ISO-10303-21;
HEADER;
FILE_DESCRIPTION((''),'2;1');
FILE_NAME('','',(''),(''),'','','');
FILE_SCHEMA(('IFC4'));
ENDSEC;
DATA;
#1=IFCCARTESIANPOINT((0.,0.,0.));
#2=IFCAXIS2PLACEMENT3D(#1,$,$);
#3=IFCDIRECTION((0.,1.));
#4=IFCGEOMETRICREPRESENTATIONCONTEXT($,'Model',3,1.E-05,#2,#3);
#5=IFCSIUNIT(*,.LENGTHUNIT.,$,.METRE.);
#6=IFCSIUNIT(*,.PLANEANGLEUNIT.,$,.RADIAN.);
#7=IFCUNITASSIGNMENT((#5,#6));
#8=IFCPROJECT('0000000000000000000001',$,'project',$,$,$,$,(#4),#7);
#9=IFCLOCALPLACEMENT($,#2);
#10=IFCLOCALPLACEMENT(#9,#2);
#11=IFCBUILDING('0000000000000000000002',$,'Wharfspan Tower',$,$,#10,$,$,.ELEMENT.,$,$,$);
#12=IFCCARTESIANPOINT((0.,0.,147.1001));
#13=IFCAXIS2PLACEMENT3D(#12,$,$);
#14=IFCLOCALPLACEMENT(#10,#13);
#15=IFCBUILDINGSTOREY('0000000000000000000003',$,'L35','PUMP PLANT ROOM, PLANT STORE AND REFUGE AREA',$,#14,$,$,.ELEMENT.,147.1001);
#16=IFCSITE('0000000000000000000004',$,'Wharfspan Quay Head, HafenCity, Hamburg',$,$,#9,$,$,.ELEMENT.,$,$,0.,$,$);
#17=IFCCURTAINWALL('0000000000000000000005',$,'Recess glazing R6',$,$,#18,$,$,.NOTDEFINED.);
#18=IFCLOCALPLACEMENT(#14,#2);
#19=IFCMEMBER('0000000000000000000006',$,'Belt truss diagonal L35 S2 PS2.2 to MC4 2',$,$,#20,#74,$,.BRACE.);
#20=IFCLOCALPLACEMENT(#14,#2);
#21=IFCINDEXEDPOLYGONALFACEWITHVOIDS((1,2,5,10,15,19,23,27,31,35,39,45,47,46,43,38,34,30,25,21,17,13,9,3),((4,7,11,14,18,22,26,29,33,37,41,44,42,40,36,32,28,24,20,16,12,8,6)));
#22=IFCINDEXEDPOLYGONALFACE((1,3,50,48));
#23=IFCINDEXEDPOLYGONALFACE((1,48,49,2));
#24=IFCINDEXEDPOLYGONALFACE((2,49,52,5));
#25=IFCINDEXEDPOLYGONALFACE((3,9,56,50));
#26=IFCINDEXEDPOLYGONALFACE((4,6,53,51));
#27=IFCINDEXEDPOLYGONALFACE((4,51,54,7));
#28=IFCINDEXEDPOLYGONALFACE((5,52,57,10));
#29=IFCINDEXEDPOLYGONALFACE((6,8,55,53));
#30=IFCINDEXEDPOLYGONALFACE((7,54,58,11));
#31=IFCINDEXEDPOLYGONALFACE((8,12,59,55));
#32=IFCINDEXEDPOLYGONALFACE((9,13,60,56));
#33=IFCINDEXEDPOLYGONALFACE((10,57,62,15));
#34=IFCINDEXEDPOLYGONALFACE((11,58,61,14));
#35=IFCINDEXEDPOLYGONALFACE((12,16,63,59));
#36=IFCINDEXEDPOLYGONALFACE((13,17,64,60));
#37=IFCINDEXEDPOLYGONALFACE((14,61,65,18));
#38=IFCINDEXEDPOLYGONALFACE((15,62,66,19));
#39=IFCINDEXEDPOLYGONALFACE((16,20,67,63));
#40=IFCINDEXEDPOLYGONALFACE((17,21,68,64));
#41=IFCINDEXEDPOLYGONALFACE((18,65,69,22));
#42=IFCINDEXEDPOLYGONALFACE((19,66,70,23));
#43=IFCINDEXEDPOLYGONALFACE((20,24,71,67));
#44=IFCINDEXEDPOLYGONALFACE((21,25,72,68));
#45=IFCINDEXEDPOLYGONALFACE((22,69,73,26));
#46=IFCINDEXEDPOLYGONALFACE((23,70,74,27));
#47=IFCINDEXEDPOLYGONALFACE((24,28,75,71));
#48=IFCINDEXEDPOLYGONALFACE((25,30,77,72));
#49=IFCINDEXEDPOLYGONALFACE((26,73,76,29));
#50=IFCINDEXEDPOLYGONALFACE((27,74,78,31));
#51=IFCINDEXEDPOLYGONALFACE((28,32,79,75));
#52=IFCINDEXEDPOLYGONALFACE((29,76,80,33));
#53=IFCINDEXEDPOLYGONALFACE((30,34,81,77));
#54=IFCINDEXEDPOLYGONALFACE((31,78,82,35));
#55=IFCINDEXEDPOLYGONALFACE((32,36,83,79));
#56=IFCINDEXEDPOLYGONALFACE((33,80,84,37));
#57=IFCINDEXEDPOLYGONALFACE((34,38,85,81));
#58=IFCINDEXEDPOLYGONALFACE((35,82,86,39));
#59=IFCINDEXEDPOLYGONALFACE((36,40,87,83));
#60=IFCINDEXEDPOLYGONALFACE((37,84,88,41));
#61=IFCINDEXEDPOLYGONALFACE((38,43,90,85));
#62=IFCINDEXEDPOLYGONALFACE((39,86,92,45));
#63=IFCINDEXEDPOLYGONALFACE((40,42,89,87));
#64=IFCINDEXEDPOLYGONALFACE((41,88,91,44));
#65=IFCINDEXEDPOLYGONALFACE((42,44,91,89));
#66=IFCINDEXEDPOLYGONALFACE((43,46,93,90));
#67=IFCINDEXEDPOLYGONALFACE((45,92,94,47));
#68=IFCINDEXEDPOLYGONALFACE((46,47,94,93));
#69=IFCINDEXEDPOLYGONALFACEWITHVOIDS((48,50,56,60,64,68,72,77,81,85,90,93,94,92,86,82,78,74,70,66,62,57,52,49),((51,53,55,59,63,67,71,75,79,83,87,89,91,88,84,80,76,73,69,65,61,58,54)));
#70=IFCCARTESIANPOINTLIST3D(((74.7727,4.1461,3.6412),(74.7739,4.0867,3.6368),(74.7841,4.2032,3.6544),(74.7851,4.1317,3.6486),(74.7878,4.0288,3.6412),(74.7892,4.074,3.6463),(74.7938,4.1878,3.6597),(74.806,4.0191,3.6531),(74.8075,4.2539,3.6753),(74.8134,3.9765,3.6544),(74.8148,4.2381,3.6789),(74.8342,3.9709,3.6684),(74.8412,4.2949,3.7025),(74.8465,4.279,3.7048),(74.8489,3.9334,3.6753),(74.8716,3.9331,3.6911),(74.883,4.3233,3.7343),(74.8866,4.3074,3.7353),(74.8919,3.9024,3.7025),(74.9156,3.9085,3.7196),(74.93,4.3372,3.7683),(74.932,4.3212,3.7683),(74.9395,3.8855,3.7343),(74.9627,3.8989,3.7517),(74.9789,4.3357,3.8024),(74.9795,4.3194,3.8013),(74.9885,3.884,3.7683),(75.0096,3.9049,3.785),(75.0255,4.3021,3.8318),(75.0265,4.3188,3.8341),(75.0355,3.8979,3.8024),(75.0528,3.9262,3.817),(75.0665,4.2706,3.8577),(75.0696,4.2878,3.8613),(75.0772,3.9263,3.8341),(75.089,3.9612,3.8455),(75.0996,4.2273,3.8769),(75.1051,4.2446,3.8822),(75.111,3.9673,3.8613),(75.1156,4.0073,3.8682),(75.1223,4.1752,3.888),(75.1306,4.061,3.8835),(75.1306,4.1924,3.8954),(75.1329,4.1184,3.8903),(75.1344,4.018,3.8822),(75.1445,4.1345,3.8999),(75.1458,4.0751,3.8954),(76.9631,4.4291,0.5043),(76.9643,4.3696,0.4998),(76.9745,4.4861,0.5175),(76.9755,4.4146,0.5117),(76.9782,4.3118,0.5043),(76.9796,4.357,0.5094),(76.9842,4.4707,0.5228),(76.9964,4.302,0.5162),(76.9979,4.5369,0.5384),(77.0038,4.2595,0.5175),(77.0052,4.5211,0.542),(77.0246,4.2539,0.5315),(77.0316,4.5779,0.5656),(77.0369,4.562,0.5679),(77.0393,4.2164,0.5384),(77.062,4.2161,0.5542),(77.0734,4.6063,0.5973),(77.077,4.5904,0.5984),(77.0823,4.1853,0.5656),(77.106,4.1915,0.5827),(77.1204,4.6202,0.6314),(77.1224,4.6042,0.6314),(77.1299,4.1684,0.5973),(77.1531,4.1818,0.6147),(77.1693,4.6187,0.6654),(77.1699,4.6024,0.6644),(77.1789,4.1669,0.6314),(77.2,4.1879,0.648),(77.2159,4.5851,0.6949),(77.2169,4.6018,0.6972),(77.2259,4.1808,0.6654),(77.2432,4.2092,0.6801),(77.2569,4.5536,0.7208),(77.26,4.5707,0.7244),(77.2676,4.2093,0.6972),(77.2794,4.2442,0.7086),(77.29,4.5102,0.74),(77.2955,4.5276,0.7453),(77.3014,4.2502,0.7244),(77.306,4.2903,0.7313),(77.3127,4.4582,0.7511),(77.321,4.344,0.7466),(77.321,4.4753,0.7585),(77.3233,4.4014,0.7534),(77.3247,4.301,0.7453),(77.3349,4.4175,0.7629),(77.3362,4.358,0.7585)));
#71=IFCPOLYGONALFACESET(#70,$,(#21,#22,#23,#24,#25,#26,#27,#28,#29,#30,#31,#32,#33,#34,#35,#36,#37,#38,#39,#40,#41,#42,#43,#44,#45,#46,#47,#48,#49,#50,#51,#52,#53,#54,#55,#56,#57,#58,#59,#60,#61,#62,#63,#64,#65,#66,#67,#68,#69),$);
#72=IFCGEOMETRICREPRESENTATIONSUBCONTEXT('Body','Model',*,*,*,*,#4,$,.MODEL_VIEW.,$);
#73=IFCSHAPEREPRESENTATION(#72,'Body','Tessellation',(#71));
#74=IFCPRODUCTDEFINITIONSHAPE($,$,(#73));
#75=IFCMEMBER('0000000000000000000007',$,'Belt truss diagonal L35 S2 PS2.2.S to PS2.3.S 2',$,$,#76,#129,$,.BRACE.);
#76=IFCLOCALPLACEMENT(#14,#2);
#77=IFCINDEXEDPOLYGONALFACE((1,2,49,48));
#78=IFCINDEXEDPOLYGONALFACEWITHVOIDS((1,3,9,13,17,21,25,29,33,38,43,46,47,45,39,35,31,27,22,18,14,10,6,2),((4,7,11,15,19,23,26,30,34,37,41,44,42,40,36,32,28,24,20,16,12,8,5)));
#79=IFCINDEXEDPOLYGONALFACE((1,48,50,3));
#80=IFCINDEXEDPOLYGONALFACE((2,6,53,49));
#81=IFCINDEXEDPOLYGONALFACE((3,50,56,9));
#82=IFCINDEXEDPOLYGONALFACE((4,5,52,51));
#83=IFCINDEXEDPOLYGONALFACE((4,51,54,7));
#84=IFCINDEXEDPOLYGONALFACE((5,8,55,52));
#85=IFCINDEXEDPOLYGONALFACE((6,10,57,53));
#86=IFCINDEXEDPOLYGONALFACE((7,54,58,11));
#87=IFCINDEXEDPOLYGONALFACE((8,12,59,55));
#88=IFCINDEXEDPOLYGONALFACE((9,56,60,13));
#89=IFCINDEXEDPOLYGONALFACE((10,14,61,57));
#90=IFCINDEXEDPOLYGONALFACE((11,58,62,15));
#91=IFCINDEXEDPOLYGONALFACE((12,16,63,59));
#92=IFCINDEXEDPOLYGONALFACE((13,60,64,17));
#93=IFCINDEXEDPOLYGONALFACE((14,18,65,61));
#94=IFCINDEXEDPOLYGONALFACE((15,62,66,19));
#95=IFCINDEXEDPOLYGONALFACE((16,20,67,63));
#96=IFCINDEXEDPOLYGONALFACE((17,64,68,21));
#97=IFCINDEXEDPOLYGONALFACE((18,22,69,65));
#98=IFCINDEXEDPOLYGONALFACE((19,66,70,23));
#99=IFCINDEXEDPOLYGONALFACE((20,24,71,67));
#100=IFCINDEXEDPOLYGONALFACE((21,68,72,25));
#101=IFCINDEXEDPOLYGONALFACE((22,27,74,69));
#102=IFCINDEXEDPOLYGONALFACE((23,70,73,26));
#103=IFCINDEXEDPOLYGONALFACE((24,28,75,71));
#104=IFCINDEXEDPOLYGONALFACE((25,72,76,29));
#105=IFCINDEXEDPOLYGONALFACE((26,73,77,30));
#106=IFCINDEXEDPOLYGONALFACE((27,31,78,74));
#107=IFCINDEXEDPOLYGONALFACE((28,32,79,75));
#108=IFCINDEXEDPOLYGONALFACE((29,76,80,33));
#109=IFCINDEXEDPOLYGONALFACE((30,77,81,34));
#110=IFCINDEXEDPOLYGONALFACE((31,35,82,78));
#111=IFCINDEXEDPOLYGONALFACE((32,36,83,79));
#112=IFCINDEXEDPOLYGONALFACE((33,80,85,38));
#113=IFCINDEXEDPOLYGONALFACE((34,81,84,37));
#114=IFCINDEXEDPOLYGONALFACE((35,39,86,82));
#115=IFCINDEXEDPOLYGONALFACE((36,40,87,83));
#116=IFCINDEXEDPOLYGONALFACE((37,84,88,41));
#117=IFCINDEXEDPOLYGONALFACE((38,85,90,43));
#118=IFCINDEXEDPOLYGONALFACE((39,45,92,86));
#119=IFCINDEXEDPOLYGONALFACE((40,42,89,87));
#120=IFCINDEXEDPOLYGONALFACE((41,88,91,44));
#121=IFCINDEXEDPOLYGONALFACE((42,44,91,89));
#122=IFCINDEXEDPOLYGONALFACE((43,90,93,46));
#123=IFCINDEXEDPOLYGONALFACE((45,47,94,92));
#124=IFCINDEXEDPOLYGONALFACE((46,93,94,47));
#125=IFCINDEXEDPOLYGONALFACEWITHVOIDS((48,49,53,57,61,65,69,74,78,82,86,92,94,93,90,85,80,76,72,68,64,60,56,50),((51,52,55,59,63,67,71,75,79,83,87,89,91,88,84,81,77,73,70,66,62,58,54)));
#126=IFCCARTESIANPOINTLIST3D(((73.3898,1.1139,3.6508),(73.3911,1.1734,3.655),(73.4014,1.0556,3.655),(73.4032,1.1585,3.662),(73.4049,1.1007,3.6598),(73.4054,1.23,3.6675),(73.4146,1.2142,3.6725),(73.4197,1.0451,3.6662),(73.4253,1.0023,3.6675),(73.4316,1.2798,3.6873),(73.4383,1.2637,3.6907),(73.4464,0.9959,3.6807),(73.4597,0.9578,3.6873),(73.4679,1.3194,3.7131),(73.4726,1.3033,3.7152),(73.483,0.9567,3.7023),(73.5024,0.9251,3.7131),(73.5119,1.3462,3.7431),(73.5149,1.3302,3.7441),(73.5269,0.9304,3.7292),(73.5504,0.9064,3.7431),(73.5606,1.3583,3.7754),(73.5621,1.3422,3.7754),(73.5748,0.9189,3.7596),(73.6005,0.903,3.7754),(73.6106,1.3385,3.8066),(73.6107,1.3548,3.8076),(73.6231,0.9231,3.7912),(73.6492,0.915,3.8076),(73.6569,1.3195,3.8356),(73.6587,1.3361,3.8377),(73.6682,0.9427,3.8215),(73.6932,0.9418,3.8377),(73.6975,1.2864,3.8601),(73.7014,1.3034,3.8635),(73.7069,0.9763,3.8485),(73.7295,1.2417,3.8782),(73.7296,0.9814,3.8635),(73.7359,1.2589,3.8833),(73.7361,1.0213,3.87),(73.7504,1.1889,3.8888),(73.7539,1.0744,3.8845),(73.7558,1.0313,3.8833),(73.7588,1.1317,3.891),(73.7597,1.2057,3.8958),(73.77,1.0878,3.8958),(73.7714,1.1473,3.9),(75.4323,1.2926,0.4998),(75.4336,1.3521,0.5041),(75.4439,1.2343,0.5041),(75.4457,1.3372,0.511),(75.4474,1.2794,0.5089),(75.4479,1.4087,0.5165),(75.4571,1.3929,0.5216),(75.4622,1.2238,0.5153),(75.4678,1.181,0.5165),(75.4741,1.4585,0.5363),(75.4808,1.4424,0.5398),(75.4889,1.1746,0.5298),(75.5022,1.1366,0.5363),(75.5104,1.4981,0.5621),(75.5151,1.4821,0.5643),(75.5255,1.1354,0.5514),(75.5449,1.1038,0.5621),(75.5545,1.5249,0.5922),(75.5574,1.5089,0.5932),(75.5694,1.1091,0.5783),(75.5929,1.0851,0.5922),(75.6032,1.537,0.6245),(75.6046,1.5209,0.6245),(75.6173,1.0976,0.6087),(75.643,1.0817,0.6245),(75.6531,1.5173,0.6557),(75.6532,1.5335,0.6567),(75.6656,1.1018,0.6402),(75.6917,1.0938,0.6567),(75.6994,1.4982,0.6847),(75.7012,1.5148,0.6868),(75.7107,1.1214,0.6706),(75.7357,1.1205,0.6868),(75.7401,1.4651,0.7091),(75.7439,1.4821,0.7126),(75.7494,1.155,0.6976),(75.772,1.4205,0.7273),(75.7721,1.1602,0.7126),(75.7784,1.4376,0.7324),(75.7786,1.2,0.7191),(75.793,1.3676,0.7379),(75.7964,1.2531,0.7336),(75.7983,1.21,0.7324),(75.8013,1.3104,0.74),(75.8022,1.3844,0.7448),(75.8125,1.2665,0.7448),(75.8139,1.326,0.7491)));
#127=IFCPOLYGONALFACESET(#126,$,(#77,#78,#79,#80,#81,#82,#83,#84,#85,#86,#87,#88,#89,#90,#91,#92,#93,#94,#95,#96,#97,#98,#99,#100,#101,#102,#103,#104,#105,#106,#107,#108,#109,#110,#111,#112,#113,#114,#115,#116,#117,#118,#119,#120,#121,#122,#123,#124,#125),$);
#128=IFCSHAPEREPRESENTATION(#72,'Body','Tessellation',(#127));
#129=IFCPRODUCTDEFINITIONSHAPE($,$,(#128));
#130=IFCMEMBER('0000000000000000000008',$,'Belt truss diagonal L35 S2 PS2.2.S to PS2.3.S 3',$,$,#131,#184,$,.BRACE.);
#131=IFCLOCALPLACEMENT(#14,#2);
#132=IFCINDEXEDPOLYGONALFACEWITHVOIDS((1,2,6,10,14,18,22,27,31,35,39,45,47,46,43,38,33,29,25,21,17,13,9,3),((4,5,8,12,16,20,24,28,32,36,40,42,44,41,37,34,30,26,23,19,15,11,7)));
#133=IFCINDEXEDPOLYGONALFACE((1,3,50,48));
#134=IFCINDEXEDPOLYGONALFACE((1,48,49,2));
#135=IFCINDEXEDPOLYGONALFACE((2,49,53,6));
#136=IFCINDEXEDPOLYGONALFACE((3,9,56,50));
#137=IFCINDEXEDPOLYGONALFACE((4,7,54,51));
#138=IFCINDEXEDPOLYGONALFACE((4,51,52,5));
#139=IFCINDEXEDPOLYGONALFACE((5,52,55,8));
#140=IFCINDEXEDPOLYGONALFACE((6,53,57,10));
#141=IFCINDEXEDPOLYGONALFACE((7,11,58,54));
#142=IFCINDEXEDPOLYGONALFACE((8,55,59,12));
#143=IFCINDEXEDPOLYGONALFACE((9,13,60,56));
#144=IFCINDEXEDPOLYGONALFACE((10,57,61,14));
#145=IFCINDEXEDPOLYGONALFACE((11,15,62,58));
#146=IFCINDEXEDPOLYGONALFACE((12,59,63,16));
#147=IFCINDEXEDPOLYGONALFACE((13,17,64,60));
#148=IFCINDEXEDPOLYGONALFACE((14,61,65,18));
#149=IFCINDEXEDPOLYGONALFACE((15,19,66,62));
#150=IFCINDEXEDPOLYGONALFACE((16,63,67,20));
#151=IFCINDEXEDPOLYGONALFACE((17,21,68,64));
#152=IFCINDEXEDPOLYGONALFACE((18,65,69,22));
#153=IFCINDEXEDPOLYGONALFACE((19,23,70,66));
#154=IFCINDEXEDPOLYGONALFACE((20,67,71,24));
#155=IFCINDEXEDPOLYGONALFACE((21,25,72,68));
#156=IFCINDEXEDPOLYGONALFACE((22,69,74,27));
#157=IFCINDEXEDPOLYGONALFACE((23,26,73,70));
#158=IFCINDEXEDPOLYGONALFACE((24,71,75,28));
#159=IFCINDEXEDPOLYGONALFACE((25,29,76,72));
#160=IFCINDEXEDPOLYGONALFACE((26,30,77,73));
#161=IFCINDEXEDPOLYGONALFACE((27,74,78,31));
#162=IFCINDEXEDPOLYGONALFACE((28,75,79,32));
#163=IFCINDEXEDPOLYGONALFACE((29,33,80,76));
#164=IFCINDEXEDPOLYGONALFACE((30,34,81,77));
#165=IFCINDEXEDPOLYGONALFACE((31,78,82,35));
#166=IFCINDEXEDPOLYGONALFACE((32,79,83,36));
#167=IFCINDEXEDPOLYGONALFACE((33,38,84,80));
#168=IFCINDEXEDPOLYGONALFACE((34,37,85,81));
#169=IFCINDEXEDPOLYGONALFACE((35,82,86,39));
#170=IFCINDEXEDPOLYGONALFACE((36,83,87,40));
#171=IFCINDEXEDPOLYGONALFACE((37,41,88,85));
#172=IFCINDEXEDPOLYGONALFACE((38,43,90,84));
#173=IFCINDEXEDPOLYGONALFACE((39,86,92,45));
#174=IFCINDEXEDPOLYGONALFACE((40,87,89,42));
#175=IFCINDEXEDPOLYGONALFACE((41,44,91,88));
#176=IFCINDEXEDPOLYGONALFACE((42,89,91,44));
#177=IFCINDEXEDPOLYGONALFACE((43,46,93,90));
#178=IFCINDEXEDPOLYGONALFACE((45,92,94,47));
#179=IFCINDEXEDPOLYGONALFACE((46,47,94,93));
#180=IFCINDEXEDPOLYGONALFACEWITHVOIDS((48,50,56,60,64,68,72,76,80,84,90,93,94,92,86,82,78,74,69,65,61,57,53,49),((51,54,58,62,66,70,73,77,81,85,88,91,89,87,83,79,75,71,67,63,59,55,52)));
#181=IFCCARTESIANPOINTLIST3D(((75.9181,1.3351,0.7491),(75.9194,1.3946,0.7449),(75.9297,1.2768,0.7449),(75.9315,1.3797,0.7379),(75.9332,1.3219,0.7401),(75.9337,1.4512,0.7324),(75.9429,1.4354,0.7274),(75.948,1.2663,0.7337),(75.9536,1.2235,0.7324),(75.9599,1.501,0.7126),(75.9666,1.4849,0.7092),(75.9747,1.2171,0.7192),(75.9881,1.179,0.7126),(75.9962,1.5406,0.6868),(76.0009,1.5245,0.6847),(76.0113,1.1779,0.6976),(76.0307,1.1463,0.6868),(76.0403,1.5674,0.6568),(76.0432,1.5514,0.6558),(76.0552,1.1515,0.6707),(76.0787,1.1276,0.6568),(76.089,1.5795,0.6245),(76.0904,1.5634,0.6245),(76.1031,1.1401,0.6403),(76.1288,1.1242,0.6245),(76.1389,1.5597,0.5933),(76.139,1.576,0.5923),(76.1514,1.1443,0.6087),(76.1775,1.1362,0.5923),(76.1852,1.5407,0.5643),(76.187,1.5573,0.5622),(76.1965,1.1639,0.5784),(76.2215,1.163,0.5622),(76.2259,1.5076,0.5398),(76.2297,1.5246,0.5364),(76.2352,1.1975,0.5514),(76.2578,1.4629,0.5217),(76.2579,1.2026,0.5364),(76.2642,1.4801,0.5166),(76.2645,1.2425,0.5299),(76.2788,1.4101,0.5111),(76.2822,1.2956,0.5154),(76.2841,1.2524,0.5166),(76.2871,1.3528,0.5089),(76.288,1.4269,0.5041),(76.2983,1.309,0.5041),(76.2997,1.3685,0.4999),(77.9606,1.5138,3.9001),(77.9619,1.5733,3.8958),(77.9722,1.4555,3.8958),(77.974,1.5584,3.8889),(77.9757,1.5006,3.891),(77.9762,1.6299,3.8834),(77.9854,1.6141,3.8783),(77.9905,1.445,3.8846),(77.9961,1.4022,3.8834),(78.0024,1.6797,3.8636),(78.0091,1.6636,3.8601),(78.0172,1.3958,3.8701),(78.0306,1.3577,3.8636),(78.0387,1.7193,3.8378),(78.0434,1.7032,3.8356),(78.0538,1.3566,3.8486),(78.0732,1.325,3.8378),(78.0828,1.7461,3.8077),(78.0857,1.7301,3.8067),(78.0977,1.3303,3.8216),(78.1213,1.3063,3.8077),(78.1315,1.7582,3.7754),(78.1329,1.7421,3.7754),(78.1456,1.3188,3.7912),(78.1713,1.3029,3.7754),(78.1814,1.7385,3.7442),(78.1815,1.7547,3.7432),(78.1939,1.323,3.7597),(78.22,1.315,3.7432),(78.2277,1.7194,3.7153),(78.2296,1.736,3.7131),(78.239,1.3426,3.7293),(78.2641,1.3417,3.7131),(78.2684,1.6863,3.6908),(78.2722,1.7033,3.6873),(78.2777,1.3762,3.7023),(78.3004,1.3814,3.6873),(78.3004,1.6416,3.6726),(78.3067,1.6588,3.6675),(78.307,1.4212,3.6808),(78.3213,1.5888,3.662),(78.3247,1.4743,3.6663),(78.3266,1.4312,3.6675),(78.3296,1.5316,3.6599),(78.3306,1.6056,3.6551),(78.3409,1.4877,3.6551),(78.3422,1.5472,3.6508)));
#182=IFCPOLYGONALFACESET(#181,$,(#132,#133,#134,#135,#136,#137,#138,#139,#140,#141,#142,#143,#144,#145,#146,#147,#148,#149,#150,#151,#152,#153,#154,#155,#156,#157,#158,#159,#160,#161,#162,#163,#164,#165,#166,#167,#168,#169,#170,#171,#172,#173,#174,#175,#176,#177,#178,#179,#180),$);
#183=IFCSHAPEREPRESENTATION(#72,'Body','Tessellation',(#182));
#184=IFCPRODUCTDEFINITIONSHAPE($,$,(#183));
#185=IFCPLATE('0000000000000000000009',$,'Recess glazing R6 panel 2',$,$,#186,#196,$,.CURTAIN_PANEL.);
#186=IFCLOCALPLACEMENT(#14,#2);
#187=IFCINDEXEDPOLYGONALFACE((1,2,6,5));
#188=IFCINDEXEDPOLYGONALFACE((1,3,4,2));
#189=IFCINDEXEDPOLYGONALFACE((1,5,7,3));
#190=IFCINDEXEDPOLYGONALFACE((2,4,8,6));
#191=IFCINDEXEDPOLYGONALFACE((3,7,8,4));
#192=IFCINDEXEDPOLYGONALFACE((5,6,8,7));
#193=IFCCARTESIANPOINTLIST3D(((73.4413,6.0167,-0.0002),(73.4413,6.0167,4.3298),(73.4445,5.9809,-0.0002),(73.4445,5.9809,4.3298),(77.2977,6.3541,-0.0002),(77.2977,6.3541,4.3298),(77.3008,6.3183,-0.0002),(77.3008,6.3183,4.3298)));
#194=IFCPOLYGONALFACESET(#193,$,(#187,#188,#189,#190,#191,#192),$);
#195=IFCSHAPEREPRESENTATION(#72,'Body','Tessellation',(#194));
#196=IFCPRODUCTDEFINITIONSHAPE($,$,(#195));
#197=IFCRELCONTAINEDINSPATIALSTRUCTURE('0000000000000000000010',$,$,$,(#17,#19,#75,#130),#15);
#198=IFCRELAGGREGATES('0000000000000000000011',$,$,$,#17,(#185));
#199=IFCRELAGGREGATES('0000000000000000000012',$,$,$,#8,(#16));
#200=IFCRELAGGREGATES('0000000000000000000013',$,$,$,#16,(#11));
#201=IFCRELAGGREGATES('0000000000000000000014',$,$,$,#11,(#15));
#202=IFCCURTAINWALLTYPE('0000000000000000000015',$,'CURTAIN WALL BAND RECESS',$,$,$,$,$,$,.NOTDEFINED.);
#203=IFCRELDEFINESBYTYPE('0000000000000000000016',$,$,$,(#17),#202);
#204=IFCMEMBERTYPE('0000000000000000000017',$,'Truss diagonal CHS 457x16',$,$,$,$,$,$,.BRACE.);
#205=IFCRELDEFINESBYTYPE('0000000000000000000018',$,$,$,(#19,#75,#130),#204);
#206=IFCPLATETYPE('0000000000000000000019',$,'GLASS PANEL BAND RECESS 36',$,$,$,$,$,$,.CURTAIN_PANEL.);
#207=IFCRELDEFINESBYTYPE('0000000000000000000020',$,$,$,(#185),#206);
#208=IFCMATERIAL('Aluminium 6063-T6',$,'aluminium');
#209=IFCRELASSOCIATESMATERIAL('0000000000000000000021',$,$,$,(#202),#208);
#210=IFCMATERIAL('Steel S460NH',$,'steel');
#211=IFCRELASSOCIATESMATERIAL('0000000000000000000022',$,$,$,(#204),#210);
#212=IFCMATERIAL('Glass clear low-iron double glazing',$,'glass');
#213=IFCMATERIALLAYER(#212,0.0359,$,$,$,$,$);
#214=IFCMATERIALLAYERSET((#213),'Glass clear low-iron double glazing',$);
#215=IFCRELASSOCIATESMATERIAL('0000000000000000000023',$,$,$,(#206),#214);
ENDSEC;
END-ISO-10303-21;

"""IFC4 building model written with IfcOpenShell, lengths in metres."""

from ifc_helpers import new_model, si_unit, direction, frame, origin, origin_2d, place, context, subcontext, project, spatial, rectangle, hollow_circle, extrude, material, layer, layer_set, material_profile, profile_set, type_object, element, aggregate, save


model = new_model("IFC4")

# Units and contexts
model_context = context("Model", 3, precision=1e-05, world=origin(), true_north=direction((0.0, 1.0)))
body_context = subcontext(model_context, "Body", "Model", "MODEL_VIEW")
ifc_project = project(units=[si_unit("LENGTHUNIT", "METRE"), si_unit("PLANEANGLEUNIT", "RADIAN")], contexts=[model_context])

# Site, building, storey
site_placement = place(None, origin())
site = spatial("IfcSite", under=ifc_project, at=site_placement, Name="Wharfspan Quay Head, HafenCity, Hamburg", CompositionType="ELEMENT", RefElevation=0.0)
building_placement = place(site_placement, origin())
building = spatial("IfcBuilding", under=site, at=building_placement, Name="Wharfspan Tower", CompositionType="ELEMENT")
storey_placement = place(building_placement, frame((0.0, 0.0, 147.1001)))
storey = spatial("IfcBuildingStorey", under=building, at=storey_placement, Name="L35", Description="PUMP PLANT ROOM, PLANT STORE AND REFUGE AREA", CompositionType="ELEMENT", Elevation=147.1001)

# Curtain wall
ifc_material_1 = material(Name="Aluminium 6063-T6", Category="aluminium")
curtain_wall_type = type_object("IfcCurtainWallType", Name="CURTAIN WALL BAND RECESS", PredefinedType="NOTDEFINED", material=ifc_material_1)
curtain_wall_placement = place(storey_placement, origin())
curtain_wall = element("IfcCurtainWall", 1, at=curtain_wall_placement, inside=storey, type_object=curtain_wall_type, Name="Recess glazing R6", PredefinedType="NOTDEFINED")

# Shared definitions
ifc_material_2 = material(Name="Steel S460NH", Category="steel")

# Members
ifc_material_profile_1 = material_profile(ifc_material_2, hollow_circle(Radius=0.2285, WallThickness=0.0161, at=origin_2d()))
ifc_profile_set_1 = profile_set([ifc_material_profile_1], Name="Steel S460NH")
member_type_1 = type_object("IfcMemberType", Name="Truss diagonal CHS 457x16", PredefinedType="BRACE", material=ifc_profile_set_1)
for number, where, z_axis, x_axis, name in (
    (2, (74.9592, 4.1106, 3.7683), (0.570948, 0.073755, -0.817667), (-0.128117, 0.991761, -0.000001), "Belt truss diagonal L35 S2 PS2.2 to MC4 2"),
):
    element("IfcMember", number, at=place(storey_placement, frame(where, z_axis=z_axis, x_axis=x_axis)), inside=storey, type_object=member_type_1, Name=name, PredefinedType="BRACE", context=body_context, shape_type="SweptSolid", body=[
        extrude(hollow_circle(Radius=0.2285, WallThickness=0.0161, at=origin_2d()), origin(), (0.0, 0.0, 1.0), 3.8364),
    ])
for number, where, z_axis, x_axis, name in (
    (3, (73.5806, 1.1306, 3.7754), (0.543326, 0.047539, -0.838175), (-0.087163, 0.996191, 0.0), "Belt truss diagonal L35 S2 PS2.2.S to PS2.3.S 2"),
    (4, (76.1089, 1.3518, 0.6245), (0.543326, 0.047539, 0.838175), (-0.087163, 0.996191, 0.0), "Belt truss diagonal L35 S2 PS2.2.S to PS2.3.S 3"),
):
    element("IfcMember", number, at=place(storey_placement, frame(where, z_axis=z_axis, x_axis=x_axis)), inside=storey, type_object=member_type_1, Name=name, PredefinedType="BRACE", context=body_context, shape_type="SweptSolid", body=[
        extrude(hollow_circle(Radius=0.2285, WallThickness=0.0161, at=origin_2d()), origin(), (0.0, 0.0, 1.0), 3.7593),
    ])

# Plate
ifc_material_3 = material(Name="Glass clear low-iron double glazing", Category="glass")
ifc_layer_1 = layer(ifc_material_3, 0.0359)
ifc_layer_set_1 = layer_set([ifc_layer_1], Name="Glass clear low-iron double glazing")
plate_type = type_object("IfcPlateType", Name="GLASS PANEL BAND RECESS 36", PredefinedType="CURTAIN_PANEL", material=ifc_layer_set_1)
plate_placement = place(storey_placement, frame((75.3711, 6.1675, -0.0002), z_axis=(0.0, 0.0, 1.0), x_axis=(-0.996198, -0.087156, 0.0)))
plate = element("IfcPlate", 5, at=plate_placement, type_object=plate_type, Name="Recess glazing R6 panel 2", PredefinedType="CURTAIN_PANEL", context=body_context, shape_type="SweptSolid", body=[
    extrude(rectangle(XDim=3.8711, YDim=0.0359, at=origin_2d()), origin(), (0.0, 0.0, 1.0), 4.3301),
])
aggregate(curtain_wall, [plate])

save(model, "model.ifc")
